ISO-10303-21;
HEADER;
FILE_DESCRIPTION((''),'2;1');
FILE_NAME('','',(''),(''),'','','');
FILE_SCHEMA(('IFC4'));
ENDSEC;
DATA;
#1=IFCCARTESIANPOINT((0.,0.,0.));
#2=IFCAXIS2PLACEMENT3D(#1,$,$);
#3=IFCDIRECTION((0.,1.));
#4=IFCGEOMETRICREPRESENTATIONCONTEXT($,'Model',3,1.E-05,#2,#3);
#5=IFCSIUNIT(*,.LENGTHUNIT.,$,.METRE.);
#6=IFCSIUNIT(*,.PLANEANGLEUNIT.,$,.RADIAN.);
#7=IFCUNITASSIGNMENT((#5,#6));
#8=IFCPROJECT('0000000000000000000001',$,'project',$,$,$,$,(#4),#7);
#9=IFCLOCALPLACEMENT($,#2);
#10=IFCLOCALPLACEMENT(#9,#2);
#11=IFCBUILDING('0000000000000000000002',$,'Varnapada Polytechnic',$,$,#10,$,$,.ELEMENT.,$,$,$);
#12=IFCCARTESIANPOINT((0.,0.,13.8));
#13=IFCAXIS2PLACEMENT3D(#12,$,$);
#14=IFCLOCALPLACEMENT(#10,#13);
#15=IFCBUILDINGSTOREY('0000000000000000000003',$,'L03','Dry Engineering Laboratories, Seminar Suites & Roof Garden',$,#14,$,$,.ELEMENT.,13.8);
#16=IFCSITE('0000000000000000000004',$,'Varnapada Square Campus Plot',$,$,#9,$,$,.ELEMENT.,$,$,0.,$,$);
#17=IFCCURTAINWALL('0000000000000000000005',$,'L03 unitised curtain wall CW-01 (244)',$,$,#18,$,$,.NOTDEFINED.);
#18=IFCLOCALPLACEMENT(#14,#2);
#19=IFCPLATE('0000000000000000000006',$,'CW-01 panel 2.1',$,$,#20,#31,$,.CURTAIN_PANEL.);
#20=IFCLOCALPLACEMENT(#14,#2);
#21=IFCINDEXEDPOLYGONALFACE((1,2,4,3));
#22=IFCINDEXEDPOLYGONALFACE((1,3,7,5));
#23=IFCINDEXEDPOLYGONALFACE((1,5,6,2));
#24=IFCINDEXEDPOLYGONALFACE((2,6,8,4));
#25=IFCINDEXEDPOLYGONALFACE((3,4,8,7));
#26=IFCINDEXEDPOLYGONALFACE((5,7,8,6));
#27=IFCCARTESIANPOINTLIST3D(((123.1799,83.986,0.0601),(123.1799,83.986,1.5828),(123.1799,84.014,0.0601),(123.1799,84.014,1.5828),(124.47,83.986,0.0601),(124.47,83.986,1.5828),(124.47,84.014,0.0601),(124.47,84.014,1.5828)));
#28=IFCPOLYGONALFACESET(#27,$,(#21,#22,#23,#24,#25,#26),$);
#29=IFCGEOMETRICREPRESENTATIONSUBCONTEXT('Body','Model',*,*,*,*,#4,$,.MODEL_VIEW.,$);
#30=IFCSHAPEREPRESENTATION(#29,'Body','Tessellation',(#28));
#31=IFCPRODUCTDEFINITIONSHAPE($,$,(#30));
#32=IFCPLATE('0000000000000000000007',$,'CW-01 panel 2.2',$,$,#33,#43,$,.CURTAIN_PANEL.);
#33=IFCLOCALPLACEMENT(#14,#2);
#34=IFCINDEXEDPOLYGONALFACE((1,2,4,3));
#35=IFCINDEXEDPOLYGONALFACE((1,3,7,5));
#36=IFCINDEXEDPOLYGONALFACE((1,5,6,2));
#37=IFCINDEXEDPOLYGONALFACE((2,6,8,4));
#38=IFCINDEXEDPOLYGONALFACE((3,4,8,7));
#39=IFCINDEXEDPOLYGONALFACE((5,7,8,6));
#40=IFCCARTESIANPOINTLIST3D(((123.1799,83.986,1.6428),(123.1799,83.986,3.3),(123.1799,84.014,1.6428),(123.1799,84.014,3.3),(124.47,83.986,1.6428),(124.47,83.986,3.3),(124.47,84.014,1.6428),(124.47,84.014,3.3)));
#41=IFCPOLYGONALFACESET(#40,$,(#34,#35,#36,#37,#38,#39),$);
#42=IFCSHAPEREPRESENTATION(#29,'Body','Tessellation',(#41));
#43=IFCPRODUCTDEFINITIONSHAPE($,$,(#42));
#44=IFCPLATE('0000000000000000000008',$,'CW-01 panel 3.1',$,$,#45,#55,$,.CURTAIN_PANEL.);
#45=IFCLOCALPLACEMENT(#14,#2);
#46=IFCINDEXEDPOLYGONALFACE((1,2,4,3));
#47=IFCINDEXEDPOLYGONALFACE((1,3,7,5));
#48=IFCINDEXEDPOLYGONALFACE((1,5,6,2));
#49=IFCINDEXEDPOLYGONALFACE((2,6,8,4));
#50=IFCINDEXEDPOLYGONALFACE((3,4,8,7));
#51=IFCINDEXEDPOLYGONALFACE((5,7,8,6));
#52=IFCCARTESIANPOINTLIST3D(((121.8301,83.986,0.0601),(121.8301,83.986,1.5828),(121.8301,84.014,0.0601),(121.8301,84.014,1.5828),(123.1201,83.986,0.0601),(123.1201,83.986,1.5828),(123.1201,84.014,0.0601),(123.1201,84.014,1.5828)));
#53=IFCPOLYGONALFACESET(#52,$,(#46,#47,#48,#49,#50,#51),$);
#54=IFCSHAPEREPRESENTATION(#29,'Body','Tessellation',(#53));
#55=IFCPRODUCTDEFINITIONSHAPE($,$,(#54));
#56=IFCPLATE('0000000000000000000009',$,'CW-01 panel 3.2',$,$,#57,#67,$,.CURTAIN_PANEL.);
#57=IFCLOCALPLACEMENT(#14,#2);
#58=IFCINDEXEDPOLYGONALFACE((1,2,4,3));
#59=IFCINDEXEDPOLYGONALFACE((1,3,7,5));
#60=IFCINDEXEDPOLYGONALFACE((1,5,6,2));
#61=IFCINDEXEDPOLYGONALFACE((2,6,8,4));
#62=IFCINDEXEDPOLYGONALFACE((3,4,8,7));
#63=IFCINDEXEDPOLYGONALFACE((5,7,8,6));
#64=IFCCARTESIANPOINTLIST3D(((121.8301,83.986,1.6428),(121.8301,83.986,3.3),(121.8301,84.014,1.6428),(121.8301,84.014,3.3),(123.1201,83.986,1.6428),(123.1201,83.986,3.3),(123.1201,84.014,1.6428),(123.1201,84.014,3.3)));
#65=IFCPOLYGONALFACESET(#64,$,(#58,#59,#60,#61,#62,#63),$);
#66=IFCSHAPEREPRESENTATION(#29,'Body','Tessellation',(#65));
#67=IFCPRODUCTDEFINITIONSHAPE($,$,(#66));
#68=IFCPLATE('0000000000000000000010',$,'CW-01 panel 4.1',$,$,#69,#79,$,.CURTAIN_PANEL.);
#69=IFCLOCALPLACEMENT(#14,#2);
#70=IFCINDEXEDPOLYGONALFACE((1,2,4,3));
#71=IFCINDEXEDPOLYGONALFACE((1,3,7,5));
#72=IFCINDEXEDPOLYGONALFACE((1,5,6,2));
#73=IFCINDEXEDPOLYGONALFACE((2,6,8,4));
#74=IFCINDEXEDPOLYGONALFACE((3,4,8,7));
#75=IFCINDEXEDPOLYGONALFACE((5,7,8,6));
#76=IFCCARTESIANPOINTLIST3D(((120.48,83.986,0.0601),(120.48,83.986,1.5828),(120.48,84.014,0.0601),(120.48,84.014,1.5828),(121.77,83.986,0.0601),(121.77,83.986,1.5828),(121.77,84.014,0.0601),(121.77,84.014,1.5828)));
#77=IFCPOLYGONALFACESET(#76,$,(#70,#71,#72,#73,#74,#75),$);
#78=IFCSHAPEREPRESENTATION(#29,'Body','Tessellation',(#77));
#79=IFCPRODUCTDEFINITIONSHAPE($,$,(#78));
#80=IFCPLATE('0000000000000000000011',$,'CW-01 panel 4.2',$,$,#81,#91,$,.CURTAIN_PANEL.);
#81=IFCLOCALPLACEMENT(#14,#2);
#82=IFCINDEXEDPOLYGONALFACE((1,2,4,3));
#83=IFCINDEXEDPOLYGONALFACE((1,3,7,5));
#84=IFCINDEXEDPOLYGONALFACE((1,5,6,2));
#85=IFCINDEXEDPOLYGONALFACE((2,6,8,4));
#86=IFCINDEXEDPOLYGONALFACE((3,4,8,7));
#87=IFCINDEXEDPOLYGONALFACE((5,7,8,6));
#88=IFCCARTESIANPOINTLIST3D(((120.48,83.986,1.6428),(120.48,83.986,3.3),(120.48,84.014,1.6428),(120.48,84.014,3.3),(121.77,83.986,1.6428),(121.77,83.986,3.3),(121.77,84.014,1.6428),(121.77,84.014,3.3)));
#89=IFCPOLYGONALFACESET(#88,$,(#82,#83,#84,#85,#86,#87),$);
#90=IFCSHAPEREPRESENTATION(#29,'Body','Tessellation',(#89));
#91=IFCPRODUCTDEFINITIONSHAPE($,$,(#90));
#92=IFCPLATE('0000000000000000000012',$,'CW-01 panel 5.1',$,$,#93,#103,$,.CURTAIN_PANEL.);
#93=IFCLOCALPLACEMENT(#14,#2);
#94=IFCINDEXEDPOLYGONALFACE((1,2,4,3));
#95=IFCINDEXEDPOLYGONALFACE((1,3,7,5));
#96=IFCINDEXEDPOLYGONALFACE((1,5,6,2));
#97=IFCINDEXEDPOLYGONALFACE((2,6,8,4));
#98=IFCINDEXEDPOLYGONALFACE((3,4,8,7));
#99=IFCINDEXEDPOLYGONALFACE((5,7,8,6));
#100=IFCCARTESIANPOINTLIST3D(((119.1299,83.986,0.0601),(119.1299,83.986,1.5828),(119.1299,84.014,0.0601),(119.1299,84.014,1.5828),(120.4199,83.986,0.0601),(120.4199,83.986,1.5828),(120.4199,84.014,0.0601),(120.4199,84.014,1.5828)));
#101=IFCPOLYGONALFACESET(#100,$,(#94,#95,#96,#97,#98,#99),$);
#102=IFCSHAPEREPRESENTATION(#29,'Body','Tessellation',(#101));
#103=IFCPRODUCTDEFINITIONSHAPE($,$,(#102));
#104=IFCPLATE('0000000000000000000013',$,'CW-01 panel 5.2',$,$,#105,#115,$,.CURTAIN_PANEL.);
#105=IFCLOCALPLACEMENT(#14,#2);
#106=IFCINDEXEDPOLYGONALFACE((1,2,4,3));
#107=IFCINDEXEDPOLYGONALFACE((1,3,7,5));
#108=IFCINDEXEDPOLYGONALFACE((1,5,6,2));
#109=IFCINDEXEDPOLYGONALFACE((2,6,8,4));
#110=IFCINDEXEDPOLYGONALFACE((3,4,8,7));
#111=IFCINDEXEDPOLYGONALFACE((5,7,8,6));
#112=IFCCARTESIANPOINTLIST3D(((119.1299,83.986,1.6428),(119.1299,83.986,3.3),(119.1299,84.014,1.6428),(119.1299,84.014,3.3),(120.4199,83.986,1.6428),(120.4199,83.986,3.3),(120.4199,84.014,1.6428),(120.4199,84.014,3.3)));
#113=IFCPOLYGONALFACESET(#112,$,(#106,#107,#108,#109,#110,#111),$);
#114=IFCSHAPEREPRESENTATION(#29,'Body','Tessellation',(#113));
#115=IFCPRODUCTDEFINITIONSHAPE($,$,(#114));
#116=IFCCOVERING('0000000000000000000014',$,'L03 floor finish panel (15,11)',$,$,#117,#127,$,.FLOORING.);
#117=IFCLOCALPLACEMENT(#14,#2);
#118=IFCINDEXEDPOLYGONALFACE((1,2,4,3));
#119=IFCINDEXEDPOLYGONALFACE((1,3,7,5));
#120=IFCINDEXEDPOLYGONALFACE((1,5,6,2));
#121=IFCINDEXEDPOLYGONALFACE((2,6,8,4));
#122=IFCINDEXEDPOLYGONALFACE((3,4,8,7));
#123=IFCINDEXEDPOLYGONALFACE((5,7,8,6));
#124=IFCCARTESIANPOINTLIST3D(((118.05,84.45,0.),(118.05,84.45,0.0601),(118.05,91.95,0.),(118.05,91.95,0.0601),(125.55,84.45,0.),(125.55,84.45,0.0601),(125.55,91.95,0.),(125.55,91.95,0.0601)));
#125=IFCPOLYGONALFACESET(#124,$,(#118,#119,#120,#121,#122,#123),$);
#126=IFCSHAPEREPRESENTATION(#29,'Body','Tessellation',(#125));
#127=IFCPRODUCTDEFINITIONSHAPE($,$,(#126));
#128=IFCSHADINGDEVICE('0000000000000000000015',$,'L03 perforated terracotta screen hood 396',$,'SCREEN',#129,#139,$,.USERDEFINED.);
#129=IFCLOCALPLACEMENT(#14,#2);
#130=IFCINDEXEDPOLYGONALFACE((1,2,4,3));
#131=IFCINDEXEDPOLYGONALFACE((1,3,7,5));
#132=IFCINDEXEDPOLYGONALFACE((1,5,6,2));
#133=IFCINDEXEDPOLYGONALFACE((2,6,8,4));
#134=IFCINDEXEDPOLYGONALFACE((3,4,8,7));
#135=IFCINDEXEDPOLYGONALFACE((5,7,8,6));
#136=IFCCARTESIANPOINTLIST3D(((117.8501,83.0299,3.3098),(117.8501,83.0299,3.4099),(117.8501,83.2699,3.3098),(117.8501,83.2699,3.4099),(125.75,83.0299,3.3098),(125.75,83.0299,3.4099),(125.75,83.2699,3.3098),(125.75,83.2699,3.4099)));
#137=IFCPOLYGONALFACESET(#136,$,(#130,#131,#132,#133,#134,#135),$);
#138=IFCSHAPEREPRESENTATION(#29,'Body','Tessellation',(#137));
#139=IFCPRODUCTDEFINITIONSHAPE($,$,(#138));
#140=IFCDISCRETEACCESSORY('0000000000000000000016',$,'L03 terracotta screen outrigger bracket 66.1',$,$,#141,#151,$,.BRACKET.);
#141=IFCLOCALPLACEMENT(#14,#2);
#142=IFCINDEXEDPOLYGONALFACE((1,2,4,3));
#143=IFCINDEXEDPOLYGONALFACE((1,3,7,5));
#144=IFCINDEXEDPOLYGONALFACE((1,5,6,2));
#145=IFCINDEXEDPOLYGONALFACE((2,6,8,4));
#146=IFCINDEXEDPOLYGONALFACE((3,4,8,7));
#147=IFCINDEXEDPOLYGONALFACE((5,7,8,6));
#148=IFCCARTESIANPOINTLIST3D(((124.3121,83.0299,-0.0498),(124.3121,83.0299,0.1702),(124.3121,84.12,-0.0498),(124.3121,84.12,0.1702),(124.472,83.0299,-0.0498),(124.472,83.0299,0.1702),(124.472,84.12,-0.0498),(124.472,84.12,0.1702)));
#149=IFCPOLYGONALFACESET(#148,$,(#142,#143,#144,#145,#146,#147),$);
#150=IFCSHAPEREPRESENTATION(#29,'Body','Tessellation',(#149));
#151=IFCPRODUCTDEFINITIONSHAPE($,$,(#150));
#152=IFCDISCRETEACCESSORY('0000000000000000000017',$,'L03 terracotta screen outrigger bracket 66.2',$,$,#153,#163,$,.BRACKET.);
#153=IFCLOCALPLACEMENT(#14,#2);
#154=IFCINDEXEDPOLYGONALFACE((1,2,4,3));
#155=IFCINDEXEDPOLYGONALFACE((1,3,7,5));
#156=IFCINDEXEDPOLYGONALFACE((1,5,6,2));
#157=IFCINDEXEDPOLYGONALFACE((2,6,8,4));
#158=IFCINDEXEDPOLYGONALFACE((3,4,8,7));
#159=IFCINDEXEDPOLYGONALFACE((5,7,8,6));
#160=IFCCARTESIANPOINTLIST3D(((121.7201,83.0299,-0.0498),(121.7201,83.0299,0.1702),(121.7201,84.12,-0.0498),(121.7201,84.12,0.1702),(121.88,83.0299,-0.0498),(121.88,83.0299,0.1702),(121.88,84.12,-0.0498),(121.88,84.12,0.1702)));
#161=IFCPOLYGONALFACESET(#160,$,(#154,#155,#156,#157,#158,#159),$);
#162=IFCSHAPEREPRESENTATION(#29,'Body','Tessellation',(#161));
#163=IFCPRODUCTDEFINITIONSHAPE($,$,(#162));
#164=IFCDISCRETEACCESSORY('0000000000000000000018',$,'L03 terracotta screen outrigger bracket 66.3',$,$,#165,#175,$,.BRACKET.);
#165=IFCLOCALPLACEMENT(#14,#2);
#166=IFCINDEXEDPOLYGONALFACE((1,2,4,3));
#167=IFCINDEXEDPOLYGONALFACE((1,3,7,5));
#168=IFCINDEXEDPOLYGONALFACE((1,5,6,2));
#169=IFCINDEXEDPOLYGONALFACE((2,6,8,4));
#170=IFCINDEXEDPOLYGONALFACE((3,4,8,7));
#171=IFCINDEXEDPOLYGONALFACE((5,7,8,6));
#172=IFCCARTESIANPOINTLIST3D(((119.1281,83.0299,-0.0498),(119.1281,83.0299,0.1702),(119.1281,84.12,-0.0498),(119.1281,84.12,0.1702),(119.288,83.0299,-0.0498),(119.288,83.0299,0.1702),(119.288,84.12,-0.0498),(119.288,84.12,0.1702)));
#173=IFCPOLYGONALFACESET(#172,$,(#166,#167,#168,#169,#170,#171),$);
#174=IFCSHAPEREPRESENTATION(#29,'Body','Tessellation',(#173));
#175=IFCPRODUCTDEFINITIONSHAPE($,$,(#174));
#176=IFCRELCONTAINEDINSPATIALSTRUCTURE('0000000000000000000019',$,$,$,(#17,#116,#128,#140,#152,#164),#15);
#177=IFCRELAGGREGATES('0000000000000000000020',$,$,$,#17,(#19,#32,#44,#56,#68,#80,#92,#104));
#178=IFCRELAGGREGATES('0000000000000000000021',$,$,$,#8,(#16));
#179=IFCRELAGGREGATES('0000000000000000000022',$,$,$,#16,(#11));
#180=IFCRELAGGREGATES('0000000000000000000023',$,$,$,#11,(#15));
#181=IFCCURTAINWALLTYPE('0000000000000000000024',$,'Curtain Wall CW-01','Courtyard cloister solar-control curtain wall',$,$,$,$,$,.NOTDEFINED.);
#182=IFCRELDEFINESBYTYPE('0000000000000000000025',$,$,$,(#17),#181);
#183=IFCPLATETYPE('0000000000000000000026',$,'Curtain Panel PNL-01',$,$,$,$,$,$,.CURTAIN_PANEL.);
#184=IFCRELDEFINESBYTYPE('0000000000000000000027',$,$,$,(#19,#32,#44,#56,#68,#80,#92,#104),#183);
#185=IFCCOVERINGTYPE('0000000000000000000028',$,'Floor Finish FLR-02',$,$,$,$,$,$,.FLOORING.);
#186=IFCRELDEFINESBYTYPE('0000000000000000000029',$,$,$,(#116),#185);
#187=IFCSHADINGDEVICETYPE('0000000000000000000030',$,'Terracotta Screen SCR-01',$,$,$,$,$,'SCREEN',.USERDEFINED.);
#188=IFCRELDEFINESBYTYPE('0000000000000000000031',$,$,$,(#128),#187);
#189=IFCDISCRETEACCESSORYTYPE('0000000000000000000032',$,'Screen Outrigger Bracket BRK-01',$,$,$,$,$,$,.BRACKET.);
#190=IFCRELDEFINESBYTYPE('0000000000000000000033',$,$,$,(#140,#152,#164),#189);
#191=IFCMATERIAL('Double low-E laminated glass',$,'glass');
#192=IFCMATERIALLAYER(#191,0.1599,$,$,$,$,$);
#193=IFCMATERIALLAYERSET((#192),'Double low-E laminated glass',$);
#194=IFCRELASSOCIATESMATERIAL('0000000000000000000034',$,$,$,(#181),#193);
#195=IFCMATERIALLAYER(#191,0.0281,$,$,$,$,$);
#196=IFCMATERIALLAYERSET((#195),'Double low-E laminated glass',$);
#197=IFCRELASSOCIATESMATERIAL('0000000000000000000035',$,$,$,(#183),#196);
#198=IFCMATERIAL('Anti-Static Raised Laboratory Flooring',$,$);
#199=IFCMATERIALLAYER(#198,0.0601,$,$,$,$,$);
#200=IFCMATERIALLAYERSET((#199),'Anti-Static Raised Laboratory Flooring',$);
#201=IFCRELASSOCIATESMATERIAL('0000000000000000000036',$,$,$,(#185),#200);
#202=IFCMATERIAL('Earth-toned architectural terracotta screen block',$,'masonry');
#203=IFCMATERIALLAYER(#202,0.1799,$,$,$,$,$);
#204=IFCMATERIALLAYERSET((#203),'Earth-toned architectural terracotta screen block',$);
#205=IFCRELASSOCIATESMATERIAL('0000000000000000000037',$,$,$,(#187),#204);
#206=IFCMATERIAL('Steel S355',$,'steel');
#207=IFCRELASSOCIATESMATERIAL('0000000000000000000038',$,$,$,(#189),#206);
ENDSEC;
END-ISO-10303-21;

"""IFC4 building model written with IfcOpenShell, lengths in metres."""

from ifc_helpers import new_model, si_unit, direction, frame, origin, origin_2d, place, context, subcontext, project, spatial, rectangle, extrude, material, layer, layer_set, type_object, element, aggregate, save


model = new_model("IFC4")

# Units and contexts
model_context = context("Model", 3, precision=1e-05, world=origin(), true_north=direction((0.0, 1.0)))
body_context = subcontext(model_context, "Body", "Model", "MODEL_VIEW")
ifc_project = project(units=[si_unit("LENGTHUNIT", "METRE"), si_unit("PLANEANGLEUNIT", "RADIAN")], contexts=[model_context])

# Site, building, storey
site_placement = place(None, origin())
site = spatial("IfcSite", under=ifc_project, at=site_placement, Name="Varnapada Square Campus Plot", CompositionType="ELEMENT", RefElevation=0.0)
building_placement = place(site_placement, origin())
building = spatial("IfcBuilding", under=site, at=building_placement, Name="Varnapada Polytechnic", CompositionType="ELEMENT")
storey_placement = place(building_placement, frame((0.0, 0.0, 13.8)))
storey = spatial("IfcBuildingStorey", under=building, at=storey_placement, Name="L03", Description="Dry Engineering Laboratories, Seminar Suites & Roof Garden", CompositionType="ELEMENT", Elevation=13.8)

# Curtain wall, plates
ifc_material_1 = material(Name="Double low-E laminated glass", Category="glass")
ifc_layer_1 = layer(ifc_material_1, 0.1599)
ifc_layer_set_1 = layer_set([ifc_layer_1], Name="Double low-E laminated glass")
curtain_wall_type = type_object("IfcCurtainWallType", Name="Curtain Wall CW-01", Description="Courtyard cloister solar-control curtain wall", PredefinedType="NOTDEFINED", material=ifc_layer_set_1)
curtain_wall_placement = place(storey_placement, origin())
curtain_wall = element("IfcCurtainWall", 1, at=curtain_wall_placement, inside=storey, type_object=curtain_wall_type, Name="L03 unitised curtain wall CW-01 (244)", PredefinedType="NOTDEFINED")
ifc_layer_2 = layer(ifc_material_1, 0.0281)
ifc_layer_set_2 = layer_set([ifc_layer_2], Name="Double low-E laminated glass")
plate_type = type_object("IfcPlateType", Name="Curtain Panel PNL-01", PredefinedType="CURTAIN_PANEL", material=ifc_layer_set_2)
plate_1_placement = place(storey_placement, frame((123.825, 84.0, 0.0601), z_axis=(0.0, 0.0, 1.0), x_axis=(-1.0, 0.0, 0.0)))
plate_1 = element("IfcPlate", 2, at=plate_1_placement, type_object=plate_type, Name="CW-01 panel 2.1", PredefinedType="CURTAIN_PANEL", context=body_context, shape_type="SweptSolid", body=[
    extrude(rectangle(XDim=1.29, YDim=0.0281, at=origin_2d()), origin(), (0.0, 0.0, 1.0), 1.5227),
])
plate_2_placement = place(storey_placement, frame((123.825, 84.0, 1.6428), z_axis=(0.0, 0.0, 1.0), x_axis=(-1.0, 0.0, 0.0)))
plate_2 = element("IfcPlate", 3, at=plate_2_placement, type_object=plate_type, Name="CW-01 panel 2.2", PredefinedType="CURTAIN_PANEL", context=body_context, shape_type="SweptSolid", body=[
    extrude(rectangle(XDim=1.29, YDim=0.0281, at=origin_2d()), origin(), (0.0, 0.0, 1.0), 1.6572),
])
plate_3_placement = place(storey_placement, frame((122.4751, 84.0, 0.0601), z_axis=(0.0, 0.0, 1.0), x_axis=(-1.0, 0.0, 0.0)))
plate_3 = element("IfcPlate", 4, at=plate_3_placement, type_object=plate_type, Name="CW-01 panel 3.1", PredefinedType="CURTAIN_PANEL", context=body_context, shape_type="SweptSolid", body=[
    extrude(rectangle(XDim=1.29, YDim=0.0281, at=origin_2d()), origin(), (0.0, 0.0, 1.0), 1.5227),
])
plate_4_placement = place(storey_placement, frame((122.4751, 84.0, 1.6428), z_axis=(0.0, 0.0, 1.0), x_axis=(-1.0, 0.0, 0.0)))
plate_4 = element("IfcPlate", 5, at=plate_4_placement, type_object=plate_type, Name="CW-01 panel 3.2", PredefinedType="CURTAIN_PANEL", context=body_context, shape_type="SweptSolid", body=[
    extrude(rectangle(XDim=1.29, YDim=0.0281, at=origin_2d()), origin(), (0.0, 0.0, 1.0), 1.6572),
])
plate_5_placement = place(storey_placement, frame((121.125, 84.0, 0.0601), z_axis=(0.0, 0.0, 1.0), x_axis=(-1.0, 0.0, 0.0)))
plate_5 = element("IfcPlate", 6, at=plate_5_placement, type_object=plate_type, Name="CW-01 panel 4.1", PredefinedType="CURTAIN_PANEL", context=body_context, shape_type="SweptSolid", body=[
    extrude(rectangle(XDim=1.29, YDim=0.0281, at=origin_2d()), origin(), (0.0, 0.0, 1.0), 1.5227),
])
plate_6_placement = place(storey_placement, frame((121.125, 84.0, 1.6428), z_axis=(0.0, 0.0, 1.0), x_axis=(-1.0, 0.0, 0.0)))
plate_6 = element("IfcPlate", 7, at=plate_6_placement, type_object=plate_type, Name="CW-01 panel 4.2", PredefinedType="CURTAIN_PANEL", context=body_context, shape_type="SweptSolid", body=[
    extrude(rectangle(XDim=1.29, YDim=0.0281, at=origin_2d()), origin(), (0.0, 0.0, 1.0), 1.6572),
])
plate_7_placement = place(storey_placement, frame((119.7749, 84.0, 0.0601), z_axis=(0.0, 0.0, 1.0), x_axis=(-1.0, 0.0, 0.0)))
plate_7 = element("IfcPlate", 8, at=plate_7_placement, type_object=plate_type, Name="CW-01 panel 5.1", PredefinedType="CURTAIN_PANEL", context=body_context, shape_type="SweptSolid", body=[
    extrude(rectangle(XDim=1.29, YDim=0.0281, at=origin_2d()), origin(), (0.0, 0.0, 1.0), 1.5227),
])
plate_8_placement = place(storey_placement, frame((119.7749, 84.0, 1.6428), z_axis=(0.0, 0.0, 1.0), x_axis=(-1.0, 0.0, 0.0)))
plate_8 = element("IfcPlate", 9, at=plate_8_placement, type_object=plate_type, Name="CW-01 panel 5.2", PredefinedType="CURTAIN_PANEL", context=body_context, shape_type="SweptSolid", body=[
    extrude(rectangle(XDim=1.29, YDim=0.0281, at=origin_2d()), origin(), (0.0, 0.0, 1.0), 1.6572),
])
aggregate(curtain_wall, [plate_1, plate_2, plate_3, plate_4, plate_5, plate_6, plate_7, plate_8])

# Covering
ifc_material_2 = material(Name="Anti-Static Raised Laboratory Flooring")
ifc_layer_3 = layer(ifc_material_2, 0.0601)
ifc_layer_set_3 = layer_set([ifc_layer_3], Name="Anti-Static Raised Laboratory Flooring")
covering_type = type_object("IfcCoveringType", Name="Floor Finish FLR-02", PredefinedType="FLOORING", material=ifc_layer_set_3)
covering_placement = place(storey_placement, frame((121.8, 88.2, 0.0), z_axis=(0.0, 0.0, 1.0), x_axis=(1.0, 0.0, 0.0)))
element("IfcCovering", 10, at=covering_placement, inside=storey, type_object=covering_type, Name="L03 floor finish panel (15,11)", PredefinedType="FLOORING", context=body_context, shape_type="SweptSolid", body=[
    extrude(rectangle(XDim=7.5, YDim=7.5, at=origin_2d()), origin(), (0.0, 0.0, 1.0), 0.0601),
])

# Shading device
ifc_material_3 = material(Name="Earth-toned architectural terracotta screen block", Category="masonry")
ifc_layer_4 = layer(ifc_material_3, 0.1799)
ifc_layer_set_4 = layer_set([ifc_layer_4], Name="Earth-toned architectural terracotta screen block")
shading_device_type = type_object("IfcShadingDeviceType", Name="Terracotta Screen SCR-01", ElementType="SCREEN", PredefinedType="USERDEFINED", material=ifc_layer_set_4)
shading_device_placement = place(storey_placement, frame((121.8, 83.1499, 3.3098), z_axis=(0.0, 0.0, 1.0), x_axis=(-1.0, 0.0, 0.0)))
element("IfcShadingDevice", 11, at=shading_device_placement, inside=storey, type_object=shading_device_type, Name="L03 perforated terracotta screen hood 396", ObjectType="SCREEN", PredefinedType="USERDEFINED", context=body_context, shape_type="SweptSolid", body=[
    extrude(rectangle(XDim=7.8999, YDim=0.24, at=origin_2d()), origin(), (0.0, 0.0, 1.0), 0.1001),
])

# Discrete accessories
ifc_material_4 = material(Name="Steel S355", Category="steel")
discrete_accessory_type = type_object("IfcDiscreteAccessoryType", Name="Screen Outrigger Bracket BRK-01", PredefinedType="BRACKET", material=ifc_material_4)
for number, where, z_axis, x_axis, name in (
    (12, (124.3921, 83.575, -0.0498), (0.0, 0.0, 1.0), (-1.0, 0.0, 0.0), "L03 terracotta screen outrigger bracket 66.1"),
    (13, (121.8, 83.575, -0.0498), (0.0, 0.0, 1.0), (-1.0, 0.0, 0.0), "L03 terracotta screen outrigger bracket 66.2"),
    (14, (119.208, 83.575, -0.0498), (0.0, 0.0, 1.0), (-1.0, 0.0, 0.0), "L03 terracotta screen outrigger bracket 66.3"),
):
    element("IfcDiscreteAccessory", number, at=place(storey_placement, frame(where, z_axis=z_axis, x_axis=x_axis)), inside=storey, type_object=discrete_accessory_type, Name=name, PredefinedType="BRACKET", context=body_context, shape_type="SweptSolid", body=[
        extrude(rectangle(XDim=0.1599, YDim=1.0901, at=origin_2d()), origin(), (0.0, 0.0, 1.0), 0.22),
    ])

save(model, "model.ifc")
